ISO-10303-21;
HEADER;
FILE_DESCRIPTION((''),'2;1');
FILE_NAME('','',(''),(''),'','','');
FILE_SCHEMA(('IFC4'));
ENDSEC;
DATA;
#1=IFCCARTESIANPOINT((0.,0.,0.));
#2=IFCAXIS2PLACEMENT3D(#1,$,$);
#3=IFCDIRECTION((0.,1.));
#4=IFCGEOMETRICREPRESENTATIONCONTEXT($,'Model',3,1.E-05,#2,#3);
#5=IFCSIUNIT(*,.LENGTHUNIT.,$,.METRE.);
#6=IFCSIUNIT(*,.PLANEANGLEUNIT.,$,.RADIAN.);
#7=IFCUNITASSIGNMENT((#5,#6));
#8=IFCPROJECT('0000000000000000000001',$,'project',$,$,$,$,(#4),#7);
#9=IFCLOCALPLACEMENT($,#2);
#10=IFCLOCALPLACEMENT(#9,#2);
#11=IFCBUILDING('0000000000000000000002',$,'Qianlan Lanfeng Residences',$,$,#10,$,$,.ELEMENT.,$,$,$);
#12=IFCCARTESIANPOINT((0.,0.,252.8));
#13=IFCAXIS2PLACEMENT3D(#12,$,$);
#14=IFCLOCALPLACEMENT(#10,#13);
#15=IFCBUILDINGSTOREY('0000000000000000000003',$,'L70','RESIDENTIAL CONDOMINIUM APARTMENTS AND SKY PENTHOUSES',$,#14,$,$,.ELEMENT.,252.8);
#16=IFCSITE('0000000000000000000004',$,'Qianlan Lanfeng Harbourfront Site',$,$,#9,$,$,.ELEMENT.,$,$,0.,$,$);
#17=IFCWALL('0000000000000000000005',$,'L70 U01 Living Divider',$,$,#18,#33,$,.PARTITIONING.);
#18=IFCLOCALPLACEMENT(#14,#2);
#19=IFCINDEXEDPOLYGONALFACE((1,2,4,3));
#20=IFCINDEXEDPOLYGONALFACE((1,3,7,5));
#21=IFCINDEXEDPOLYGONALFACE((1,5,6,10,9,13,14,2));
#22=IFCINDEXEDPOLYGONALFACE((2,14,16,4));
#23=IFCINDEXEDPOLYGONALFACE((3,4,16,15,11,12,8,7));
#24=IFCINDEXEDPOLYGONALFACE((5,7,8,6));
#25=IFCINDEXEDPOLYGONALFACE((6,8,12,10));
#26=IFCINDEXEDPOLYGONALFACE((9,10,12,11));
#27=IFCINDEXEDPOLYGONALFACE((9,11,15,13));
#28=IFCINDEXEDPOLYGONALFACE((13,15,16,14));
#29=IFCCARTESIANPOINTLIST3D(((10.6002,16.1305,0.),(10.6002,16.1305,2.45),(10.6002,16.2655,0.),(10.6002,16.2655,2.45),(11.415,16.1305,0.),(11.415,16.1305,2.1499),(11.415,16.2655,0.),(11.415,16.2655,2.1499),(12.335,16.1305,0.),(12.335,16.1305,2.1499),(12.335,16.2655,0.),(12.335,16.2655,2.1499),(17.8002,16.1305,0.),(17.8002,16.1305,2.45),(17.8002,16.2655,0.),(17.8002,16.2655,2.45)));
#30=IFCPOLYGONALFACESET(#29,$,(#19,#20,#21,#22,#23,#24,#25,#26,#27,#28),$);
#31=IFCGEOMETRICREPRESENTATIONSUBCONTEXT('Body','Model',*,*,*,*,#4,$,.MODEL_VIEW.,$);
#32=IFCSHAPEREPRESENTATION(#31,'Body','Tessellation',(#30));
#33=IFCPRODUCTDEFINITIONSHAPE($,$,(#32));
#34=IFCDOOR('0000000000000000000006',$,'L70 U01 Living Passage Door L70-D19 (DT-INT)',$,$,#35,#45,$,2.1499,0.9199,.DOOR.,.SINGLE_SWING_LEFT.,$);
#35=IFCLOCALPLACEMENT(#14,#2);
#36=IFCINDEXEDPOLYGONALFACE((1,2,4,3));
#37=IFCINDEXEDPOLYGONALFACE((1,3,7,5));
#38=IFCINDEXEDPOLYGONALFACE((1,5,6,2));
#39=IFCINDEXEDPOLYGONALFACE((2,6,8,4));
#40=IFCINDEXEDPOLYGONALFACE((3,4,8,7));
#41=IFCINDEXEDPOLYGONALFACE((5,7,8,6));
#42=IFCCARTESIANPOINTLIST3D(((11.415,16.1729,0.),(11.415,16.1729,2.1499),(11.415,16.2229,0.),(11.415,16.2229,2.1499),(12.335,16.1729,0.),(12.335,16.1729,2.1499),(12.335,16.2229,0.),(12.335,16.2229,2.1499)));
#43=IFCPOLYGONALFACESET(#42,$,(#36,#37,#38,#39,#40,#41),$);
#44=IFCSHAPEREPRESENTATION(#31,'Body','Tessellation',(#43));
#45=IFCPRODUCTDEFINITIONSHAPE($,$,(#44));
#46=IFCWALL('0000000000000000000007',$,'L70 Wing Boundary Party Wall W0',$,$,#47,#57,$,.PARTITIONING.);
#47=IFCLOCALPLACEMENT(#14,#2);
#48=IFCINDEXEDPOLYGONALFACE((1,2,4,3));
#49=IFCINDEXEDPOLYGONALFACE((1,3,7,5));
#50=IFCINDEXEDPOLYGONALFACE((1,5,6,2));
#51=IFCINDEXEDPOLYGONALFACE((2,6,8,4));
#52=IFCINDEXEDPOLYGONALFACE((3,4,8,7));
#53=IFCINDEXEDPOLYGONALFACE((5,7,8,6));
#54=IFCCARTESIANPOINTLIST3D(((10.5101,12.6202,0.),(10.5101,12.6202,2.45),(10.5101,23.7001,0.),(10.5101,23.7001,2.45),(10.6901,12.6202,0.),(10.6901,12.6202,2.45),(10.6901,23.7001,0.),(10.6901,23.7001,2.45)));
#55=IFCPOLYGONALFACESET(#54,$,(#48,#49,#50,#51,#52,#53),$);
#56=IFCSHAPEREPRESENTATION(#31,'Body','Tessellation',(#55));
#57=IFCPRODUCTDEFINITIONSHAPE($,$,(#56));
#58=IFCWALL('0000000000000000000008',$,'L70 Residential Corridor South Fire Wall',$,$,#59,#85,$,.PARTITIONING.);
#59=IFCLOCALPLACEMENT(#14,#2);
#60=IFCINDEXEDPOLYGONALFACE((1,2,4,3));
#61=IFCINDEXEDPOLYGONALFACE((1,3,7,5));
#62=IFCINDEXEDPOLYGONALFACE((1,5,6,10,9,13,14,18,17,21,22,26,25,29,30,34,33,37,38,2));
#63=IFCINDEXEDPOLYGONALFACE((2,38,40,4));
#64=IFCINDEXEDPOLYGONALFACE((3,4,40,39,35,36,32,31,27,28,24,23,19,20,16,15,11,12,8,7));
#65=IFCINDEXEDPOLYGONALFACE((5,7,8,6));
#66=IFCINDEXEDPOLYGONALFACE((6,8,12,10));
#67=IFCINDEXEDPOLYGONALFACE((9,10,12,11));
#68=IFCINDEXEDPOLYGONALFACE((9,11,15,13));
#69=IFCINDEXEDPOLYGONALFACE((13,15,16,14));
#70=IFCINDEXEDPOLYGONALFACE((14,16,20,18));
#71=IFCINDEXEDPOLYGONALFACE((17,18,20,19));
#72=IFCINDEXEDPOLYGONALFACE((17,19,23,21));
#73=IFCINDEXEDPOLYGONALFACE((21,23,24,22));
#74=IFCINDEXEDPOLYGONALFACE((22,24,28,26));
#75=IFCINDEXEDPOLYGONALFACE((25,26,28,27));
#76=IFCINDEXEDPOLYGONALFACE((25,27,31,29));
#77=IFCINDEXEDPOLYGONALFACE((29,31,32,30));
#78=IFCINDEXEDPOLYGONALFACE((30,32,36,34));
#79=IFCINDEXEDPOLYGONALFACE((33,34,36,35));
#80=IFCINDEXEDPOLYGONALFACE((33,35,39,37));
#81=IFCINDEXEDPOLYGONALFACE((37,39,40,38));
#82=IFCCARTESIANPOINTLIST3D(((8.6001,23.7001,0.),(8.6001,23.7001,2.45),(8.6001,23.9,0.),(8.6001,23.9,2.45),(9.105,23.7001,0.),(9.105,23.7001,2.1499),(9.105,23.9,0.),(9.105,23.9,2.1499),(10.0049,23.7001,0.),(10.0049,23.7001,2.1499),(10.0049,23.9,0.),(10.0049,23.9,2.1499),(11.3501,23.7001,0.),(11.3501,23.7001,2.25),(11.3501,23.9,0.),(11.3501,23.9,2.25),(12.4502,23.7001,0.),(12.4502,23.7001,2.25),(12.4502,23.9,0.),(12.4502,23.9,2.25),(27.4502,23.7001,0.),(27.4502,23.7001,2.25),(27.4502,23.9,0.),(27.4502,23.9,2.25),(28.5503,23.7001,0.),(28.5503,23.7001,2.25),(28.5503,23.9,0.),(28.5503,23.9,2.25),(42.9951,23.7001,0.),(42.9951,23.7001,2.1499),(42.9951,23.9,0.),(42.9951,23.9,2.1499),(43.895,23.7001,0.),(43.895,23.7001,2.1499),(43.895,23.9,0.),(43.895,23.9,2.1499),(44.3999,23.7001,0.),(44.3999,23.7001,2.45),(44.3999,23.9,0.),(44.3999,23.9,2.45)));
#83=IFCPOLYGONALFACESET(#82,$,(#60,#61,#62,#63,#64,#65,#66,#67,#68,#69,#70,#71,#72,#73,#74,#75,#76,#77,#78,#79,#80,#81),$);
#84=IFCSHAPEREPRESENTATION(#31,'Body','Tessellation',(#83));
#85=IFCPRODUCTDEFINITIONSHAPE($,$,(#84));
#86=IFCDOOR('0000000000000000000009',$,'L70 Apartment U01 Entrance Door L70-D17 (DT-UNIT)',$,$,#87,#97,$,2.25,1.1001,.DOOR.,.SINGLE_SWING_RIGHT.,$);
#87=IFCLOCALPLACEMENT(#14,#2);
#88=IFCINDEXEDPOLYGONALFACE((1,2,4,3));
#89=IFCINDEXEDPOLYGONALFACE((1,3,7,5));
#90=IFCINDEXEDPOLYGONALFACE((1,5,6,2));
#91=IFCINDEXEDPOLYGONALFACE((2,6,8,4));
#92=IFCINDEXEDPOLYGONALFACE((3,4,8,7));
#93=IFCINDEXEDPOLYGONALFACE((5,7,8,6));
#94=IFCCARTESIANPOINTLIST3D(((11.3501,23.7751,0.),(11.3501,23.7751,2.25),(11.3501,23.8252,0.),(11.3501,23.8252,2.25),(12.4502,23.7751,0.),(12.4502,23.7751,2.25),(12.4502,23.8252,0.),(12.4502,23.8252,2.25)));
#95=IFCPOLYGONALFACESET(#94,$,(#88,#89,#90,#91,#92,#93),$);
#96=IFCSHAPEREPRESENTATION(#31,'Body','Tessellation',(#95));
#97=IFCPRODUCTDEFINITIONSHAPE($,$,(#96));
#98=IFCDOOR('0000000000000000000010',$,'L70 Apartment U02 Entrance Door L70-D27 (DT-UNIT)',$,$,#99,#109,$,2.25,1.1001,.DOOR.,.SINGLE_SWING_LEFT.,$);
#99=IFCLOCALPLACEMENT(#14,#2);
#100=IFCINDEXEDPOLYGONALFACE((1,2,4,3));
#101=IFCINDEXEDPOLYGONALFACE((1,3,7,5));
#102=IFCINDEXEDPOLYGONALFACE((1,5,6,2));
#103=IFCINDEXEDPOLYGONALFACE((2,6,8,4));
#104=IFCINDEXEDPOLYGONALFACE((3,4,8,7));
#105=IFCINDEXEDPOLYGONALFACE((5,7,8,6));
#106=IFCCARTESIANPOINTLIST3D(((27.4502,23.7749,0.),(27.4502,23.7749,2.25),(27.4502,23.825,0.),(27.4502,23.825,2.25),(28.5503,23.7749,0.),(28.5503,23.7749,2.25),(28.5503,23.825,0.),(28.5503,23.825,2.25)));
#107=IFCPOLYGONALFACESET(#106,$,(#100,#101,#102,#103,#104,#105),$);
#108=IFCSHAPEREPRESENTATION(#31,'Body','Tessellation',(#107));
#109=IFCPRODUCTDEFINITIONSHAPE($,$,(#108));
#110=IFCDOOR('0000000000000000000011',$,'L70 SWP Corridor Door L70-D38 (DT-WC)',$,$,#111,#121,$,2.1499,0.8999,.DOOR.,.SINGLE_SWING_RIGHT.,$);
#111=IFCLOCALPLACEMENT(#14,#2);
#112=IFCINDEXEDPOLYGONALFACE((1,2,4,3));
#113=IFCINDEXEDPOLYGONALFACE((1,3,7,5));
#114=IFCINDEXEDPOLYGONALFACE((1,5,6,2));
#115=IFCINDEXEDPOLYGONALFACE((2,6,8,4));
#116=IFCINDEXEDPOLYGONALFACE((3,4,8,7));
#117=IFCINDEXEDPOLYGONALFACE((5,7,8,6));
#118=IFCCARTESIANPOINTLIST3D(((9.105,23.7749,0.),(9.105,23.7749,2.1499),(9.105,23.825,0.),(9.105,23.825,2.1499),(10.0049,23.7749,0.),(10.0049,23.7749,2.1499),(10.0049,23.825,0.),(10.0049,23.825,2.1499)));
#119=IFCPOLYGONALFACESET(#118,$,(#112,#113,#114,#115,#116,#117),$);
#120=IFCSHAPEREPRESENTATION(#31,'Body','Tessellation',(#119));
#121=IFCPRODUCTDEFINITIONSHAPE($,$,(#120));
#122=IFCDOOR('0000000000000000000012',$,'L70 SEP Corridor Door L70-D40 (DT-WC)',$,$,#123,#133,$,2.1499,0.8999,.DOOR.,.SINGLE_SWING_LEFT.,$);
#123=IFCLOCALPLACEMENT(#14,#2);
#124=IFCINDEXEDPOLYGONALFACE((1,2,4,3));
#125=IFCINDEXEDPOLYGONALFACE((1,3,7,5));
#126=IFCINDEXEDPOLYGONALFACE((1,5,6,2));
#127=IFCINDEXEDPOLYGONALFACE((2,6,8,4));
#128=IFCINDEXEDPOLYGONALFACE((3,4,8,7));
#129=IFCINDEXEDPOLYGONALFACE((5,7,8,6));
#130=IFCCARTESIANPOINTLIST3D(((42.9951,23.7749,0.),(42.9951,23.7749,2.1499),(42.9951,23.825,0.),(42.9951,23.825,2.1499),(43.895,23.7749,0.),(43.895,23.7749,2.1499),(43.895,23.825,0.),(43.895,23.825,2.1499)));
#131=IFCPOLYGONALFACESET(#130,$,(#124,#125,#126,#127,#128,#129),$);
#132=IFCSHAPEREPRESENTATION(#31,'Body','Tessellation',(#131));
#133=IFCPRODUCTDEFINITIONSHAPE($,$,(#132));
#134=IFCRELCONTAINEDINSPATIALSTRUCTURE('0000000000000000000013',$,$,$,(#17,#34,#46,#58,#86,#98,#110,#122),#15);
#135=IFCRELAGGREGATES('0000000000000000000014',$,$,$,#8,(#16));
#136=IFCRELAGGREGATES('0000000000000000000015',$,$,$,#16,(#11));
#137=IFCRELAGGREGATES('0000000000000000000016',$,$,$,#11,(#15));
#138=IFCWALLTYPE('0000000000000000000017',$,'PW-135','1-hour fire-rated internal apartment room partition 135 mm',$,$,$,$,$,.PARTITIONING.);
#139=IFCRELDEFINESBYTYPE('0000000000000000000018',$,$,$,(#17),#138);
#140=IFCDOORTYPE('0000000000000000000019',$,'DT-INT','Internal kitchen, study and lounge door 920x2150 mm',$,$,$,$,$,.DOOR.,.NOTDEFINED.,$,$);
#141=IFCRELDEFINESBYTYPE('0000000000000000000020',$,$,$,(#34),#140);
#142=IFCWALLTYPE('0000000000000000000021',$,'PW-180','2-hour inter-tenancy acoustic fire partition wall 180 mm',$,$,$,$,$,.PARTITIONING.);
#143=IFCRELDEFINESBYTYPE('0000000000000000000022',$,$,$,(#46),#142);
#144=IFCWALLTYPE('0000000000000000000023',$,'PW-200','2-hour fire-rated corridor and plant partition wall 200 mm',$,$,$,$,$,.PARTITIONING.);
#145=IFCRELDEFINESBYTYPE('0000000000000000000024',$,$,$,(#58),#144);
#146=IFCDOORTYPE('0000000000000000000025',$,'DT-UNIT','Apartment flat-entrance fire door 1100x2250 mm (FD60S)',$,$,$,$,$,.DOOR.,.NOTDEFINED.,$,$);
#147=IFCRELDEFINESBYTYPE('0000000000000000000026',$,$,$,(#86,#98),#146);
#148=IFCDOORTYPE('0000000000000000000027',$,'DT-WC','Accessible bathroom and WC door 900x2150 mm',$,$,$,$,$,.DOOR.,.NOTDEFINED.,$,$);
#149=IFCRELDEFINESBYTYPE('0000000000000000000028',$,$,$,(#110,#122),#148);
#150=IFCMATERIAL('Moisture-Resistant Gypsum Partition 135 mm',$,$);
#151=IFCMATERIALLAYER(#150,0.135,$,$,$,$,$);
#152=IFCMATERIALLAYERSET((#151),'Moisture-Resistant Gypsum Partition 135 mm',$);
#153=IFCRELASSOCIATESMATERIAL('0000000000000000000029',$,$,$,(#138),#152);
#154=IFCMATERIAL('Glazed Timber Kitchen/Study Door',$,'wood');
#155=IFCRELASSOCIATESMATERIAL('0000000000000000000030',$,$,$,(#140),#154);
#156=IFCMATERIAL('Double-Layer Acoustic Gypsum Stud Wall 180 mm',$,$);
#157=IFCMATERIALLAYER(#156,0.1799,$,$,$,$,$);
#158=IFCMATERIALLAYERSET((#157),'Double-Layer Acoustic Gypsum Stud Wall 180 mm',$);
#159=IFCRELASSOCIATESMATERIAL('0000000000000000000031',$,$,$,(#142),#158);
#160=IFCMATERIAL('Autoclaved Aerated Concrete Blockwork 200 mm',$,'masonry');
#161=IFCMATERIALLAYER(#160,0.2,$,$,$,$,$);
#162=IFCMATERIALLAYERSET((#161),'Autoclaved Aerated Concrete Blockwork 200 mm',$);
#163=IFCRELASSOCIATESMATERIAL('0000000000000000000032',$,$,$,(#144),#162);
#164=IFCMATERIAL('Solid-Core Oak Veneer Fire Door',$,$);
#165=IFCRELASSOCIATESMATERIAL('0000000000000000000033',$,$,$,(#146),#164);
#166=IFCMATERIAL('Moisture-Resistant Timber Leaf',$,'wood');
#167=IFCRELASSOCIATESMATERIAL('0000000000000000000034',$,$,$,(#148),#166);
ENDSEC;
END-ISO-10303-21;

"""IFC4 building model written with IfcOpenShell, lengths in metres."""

from ifc_helpers import new_model, si_unit, direction, frame, frame_2d, origin, place, context, subcontext, project, spatial, rectangle, extrude, material, layer, layer_set, type_object, element, fill, save


model = new_model("IFC4")

# Units and contexts
model_context = context("Model", 3, precision=1e-05, world=origin(), true_north=direction((0.0, 1.0)))
body_context = subcontext(model_context, "Body", "Model", "MODEL_VIEW")
ifc_project = project(units=[si_unit("LENGTHUNIT", "METRE"), si_unit("PLANEANGLEUNIT", "RADIAN")], contexts=[model_context])

# Site, building, storey
site_placement = place(None, origin())
site = spatial("IfcSite", under=ifc_project, at=site_placement, Name="Qianlan Lanfeng Harbourfront Site", CompositionType="ELEMENT", RefElevation=0.0)
building_placement = place(site_placement, origin())
building = spatial("IfcBuilding", under=site, at=building_placement, Name="Qianlan Lanfeng Residences", CompositionType="ELEMENT")
storey_placement = place(building_placement, frame((0.0, 0.0, 252.8)))
storey = spatial("IfcBuildingStorey", under=building, at=storey_placement, Name="L70", Description="RESIDENTIAL CONDOMINIUM APARTMENTS AND SKY PENTHOUSES", CompositionType="ELEMENT", Elevation=252.8)

# Wall, opening, door
ifc_material_1 = material(Name="Moisture-Resistant Gypsum Partition 135 mm")
ifc_layer_1 = layer(ifc_material_1, 0.135)
ifc_layer_set_1 = layer_set([ifc_layer_1], Name="Moisture-Resistant Gypsum Partition 135 mm")
wall_type_1 = type_object("IfcWallType", Name="PW-135", Description="1-hour fire-rated internal apartment room partition 135 mm", PredefinedType="PARTITIONING", material=ifc_layer_set_1)
wall_1_placement = place(storey_placement, frame((10.6001, 16.198, 0.0), z_axis=(0.0, 0.0, 1.0), x_axis=(1.0, 0.0, 0.0)))
wall_1 = element("IfcWall", 1, at=wall_1_placement, inside=storey, type_object=wall_type_1, Name="L70 U01 Living Divider", PredefinedType="PARTITIONING", context=body_context, shape_type="SweptSolid", body=[
    extrude(rectangle(XDim=7.2, YDim=0.135, at=frame_2d((3.6001, 0.0))), origin(), (0.0, 0.0, 1.0), 2.45),
])
opening_1_placement = place(wall_1_placement, frame((0.8149, 0.0, 0.0)))
opening_1 = element("IfcOpeningElement", 2, at=opening_1_placement, cuts=wall_1, PredefinedType="OPENING", context=body_context, shape_type="SweptSolid", body=[
    extrude(rectangle(XDim=0.9199, YDim=2.1499, at=frame_2d((0.46, 1.075))), frame((0.0, 0.0776, 0.0), z_axis=(0.0, -1.0, 0.0), x_axis=(1.0, 0.0, 0.0)), (0.0, 0.0, 1.0), 0.155),
])
ifc_material_2 = material(Name="Glazed Timber Kitchen/Study Door", Category="wood")
door_type_1 = type_object("IfcDoorType", Name="DT-INT", Description="Internal kitchen, study and lounge door 920x2150 mm", OperationType="NOTDEFINED", PredefinedType="DOOR", material=ifc_material_2)
door_1_placement = place(opening_1_placement, origin())
door_1 = element("IfcDoor", 3, at=door_1_placement, inside=storey, type_object=door_type_1, Name="L70 U01 Living Passage Door L70-D19 (DT-INT)", OperationType="SINGLE_SWING_LEFT", OverallHeight=2.1499, OverallWidth=0.9199, PredefinedType="DOOR", context=body_context, shape_type="SweptSolid", body=[
    extrude(rectangle(XDim=0.9199, YDim=2.1499, at=frame_2d((0.46, 1.075))), frame((0.0, 0.0249, 0.0), z_axis=(0.0, -1.0, 0.0), x_axis=(1.0, 0.0, 0.0)), (0.0, 0.0, 1.0), 0.05),
])
fill(opening_1, door_1)

# Wall
ifc_material_3 = material(Name="Double-Layer Acoustic Gypsum Stud Wall 180 mm")
ifc_layer_2 = layer(ifc_material_3, 0.1799)
ifc_layer_set_2 = layer_set([ifc_layer_2], Name="Double-Layer Acoustic Gypsum Stud Wall 180 mm")
wall_type_2 = type_object("IfcWallType", Name="PW-180", Description="2-hour inter-tenancy acoustic fire partition wall 180 mm", PredefinedType="PARTITIONING", material=ifc_layer_set_2)
wall_2_placement = place(storey_placement, frame((10.6001, 12.6201, 0.0), z_axis=(0.0, 0.0, 1.0), x_axis=(0.0, 1.0, 0.0)))
element("IfcWall", 4, at=wall_2_placement, inside=storey, type_object=wall_type_2, Name="L70 Wing Boundary Party Wall W0", PredefinedType="PARTITIONING", context=body_context, shape_type="SweptSolid", body=[
    extrude(rectangle(XDim=11.0798, YDim=0.1799, at=frame_2d((5.54, 0.0))), origin(), (0.0, 0.0, 1.0), 2.45),
])

# Wall, openings, doors
ifc_material_4 = material(Name="Autoclaved Aerated Concrete Blockwork 200 mm", Category="masonry")
ifc_layer_3 = layer(ifc_material_4, 0.2)
ifc_layer_set_3 = layer_set([ifc_layer_3], Name="Autoclaved Aerated Concrete Blockwork 200 mm")
wall_type_3 = type_object("IfcWallType", Name="PW-200", Description="2-hour fire-rated corridor and plant partition wall 200 mm", PredefinedType="PARTITIONING", material=ifc_layer_set_3)
wall_3_placement = place(storey_placement, frame((8.6001, 23.8, 0.0), z_axis=(0.0, 0.0, 1.0), x_axis=(1.0, 0.0, 0.0)))
wall_3 = element("IfcWall", 5, at=wall_3_placement, inside=storey, type_object=wall_type_3, Name="L70 Residential Corridor South Fire Wall", PredefinedType="PARTITIONING", context=body_context, shape_type="SweptSolid", body=[
    extrude(rectangle(XDim=35.7998, YDim=0.2, at=frame_2d((17.8999, 0.0))), origin(), (0.0, 0.0, 1.0), 2.45),
])
opening_2_placement = place(wall_3_placement, frame((2.75, 0.0, 0.0)))
opening_2 = element("IfcOpeningElement", 6, at=opening_2_placement, cuts=wall_3, PredefinedType="OPENING", context=body_context, shape_type="SweptSolid", body=[
    extrude(rectangle(XDim=1.1001, YDim=2.25, at=frame_2d((0.55, 1.125))), frame((0.0, 0.1099, 0.0), z_axis=(0.0, -1.0, 0.0), x_axis=(1.0, 0.0, 0.0)), (0.0, 0.0, 1.0), 0.22),
])
opening_3_placement = place(wall_3_placement, frame((18.8501, 0.0, 0.0)))
opening_3 = element("IfcOpeningElement", 7, at=opening_3_placement, cuts=wall_3, PredefinedType="OPENING", context=body_context, shape_type="SweptSolid", body=[
    extrude(rectangle(XDim=1.1001, YDim=2.25, at=frame_2d((0.55, 1.125))), frame((0.0, 0.1099, 0.0), z_axis=(0.0, -1.0, 0.0), x_axis=(1.0, 0.0, 0.0)), (0.0, 0.0, 1.0), 0.22),
])
opening_4_placement = place(wall_3_placement, frame((0.5049, 0.0, 0.0)))
opening_4 = element("IfcOpeningElement", 8, at=opening_4_placement, cuts=wall_3, PredefinedType="OPENING", context=body_context, shape_type="SweptSolid", body=[
    extrude(rectangle(XDim=0.8999, YDim=2.1499, at=frame_2d((0.45, 1.075))), frame((0.0, 0.1099, 0.0), z_axis=(0.0, -1.0, 0.0), x_axis=(1.0, 0.0, 0.0)), (0.0, 0.0, 1.0), 0.22),
])
opening_5_placement = place(wall_3_placement, frame((34.395, 0.0, 0.0)))
opening_5 = element("IfcOpeningElement", 9, at=opening_5_placement, cuts=wall_3, PredefinedType="OPENING", context=body_context, shape_type="SweptSolid", body=[
    extrude(rectangle(XDim=0.8999, YDim=2.1499, at=frame_2d((0.45, 1.075))), frame((0.0, 0.1099, 0.0), z_axis=(0.0, -1.0, 0.0), x_axis=(1.0, 0.0, 0.0)), (0.0, 0.0, 1.0), 0.22),
])
ifc_material_5 = material(Name="Solid-Core Oak Veneer Fire Door")
door_type_2 = type_object("IfcDoorType", Name="DT-UNIT", Description="Apartment flat-entrance fire door 1100x2250 mm (FD60S)", OperationType="NOTDEFINED", PredefinedType="DOOR", material=ifc_material_5)
door_2_placement = place(opening_2_placement, frame((1.1001, 0.0, 0.0), z_axis=(0.0, 0.0, 1.0), x_axis=(-1.0, 0.0, 0.0)))
door_2 = element("IfcDoor", 10, at=door_2_placement, inside=storey, type_object=door_type_2, Name="L70 Apartment U01 Entrance Door L70-D17 (DT-UNIT)", OperationType="SINGLE_SWING_RIGHT", OverallHeight=2.25, OverallWidth=1.1001, PredefinedType="DOOR", context=body_context, shape_type="SweptSolid", body=[
    extrude(rectangle(XDim=1.1001, YDim=2.25, at=frame_2d((0.55, 1.125))), frame((0.0, 0.0249, 0.0), z_axis=(0.0, -1.0, 0.0), x_axis=(1.0, 0.0, 0.0)), (0.0, 0.0, 1.0), 0.05),
])
fill(opening_2, door_2)
door_3_placement = place(opening_3_placement, origin())
door_3 = element("IfcDoor", 11, at=door_3_placement, inside=storey, type_object=door_type_2, Name="L70 Apartment U02 Entrance Door L70-D27 (DT-UNIT)", OperationType="SINGLE_SWING_LEFT", OverallHeight=2.25, OverallWidth=1.1001, PredefinedType="DOOR", context=body_context, shape_type="SweptSolid", body=[
    extrude(rectangle(XDim=1.1001, YDim=2.25, at=frame_2d((0.55, 1.125))), frame((0.0, 0.0249, 0.0), z_axis=(0.0, -1.0, 0.0), x_axis=(1.0, 0.0, 0.0)), (0.0, 0.0, 1.0), 0.05),
])
fill(opening_3, door_3)
ifc_material_6 = material(Name="Moisture-Resistant Timber Leaf", Category="wood")
door_type_3 = type_object("IfcDoorType", Name="DT-WC", Description="Accessible bathroom and WC door 900x2150 mm", OperationType="NOTDEFINED", PredefinedType="DOOR", material=ifc_material_6)
door_4_placement = place(opening_4_placement, origin())
door_4 = element("IfcDoor", 12, at=door_4_placement, inside=storey, type_object=door_type_3, Name="L70 SWP Corridor Door L70-D38 (DT-WC)", OperationType="SINGLE_SWING_RIGHT", OverallHeight=2.1499, OverallWidth=0.8999, PredefinedType="DOOR", context=body_context, shape_type="SweptSolid", body=[
    extrude(rectangle(XDim=0.8999, YDim=2.1499, at=frame_2d((0.45, 1.075))), frame((0.0, 0.0249, 0.0), z_axis=(0.0, -1.0, 0.0), x_axis=(1.0, 0.0, 0.0)), (0.0, 0.0, 1.0), 0.05),
])
fill(opening_4, door_4)
door_5_placement = place(opening_5_placement, origin())
door_5 = element("IfcDoor", 13, at=door_5_placement, inside=storey, type_object=door_type_3, Name="L70 SEP Corridor Door L70-D40 (DT-WC)", OperationType="SINGLE_SWING_LEFT", OverallHeight=2.1499, OverallWidth=0.8999, PredefinedType="DOOR", context=body_context, shape_type="SweptSolid", body=[
    extrude(rectangle(XDim=0.8999, YDim=2.1499, at=frame_2d((0.45, 1.075))), frame((0.0, 0.0249, 0.0), z_axis=(0.0, -1.0, 0.0), x_axis=(1.0, 0.0, 0.0)), (0.0, 0.0, 1.0), 0.05),
])
fill(opening_5, door_5)

save(model, "model.ifc")
